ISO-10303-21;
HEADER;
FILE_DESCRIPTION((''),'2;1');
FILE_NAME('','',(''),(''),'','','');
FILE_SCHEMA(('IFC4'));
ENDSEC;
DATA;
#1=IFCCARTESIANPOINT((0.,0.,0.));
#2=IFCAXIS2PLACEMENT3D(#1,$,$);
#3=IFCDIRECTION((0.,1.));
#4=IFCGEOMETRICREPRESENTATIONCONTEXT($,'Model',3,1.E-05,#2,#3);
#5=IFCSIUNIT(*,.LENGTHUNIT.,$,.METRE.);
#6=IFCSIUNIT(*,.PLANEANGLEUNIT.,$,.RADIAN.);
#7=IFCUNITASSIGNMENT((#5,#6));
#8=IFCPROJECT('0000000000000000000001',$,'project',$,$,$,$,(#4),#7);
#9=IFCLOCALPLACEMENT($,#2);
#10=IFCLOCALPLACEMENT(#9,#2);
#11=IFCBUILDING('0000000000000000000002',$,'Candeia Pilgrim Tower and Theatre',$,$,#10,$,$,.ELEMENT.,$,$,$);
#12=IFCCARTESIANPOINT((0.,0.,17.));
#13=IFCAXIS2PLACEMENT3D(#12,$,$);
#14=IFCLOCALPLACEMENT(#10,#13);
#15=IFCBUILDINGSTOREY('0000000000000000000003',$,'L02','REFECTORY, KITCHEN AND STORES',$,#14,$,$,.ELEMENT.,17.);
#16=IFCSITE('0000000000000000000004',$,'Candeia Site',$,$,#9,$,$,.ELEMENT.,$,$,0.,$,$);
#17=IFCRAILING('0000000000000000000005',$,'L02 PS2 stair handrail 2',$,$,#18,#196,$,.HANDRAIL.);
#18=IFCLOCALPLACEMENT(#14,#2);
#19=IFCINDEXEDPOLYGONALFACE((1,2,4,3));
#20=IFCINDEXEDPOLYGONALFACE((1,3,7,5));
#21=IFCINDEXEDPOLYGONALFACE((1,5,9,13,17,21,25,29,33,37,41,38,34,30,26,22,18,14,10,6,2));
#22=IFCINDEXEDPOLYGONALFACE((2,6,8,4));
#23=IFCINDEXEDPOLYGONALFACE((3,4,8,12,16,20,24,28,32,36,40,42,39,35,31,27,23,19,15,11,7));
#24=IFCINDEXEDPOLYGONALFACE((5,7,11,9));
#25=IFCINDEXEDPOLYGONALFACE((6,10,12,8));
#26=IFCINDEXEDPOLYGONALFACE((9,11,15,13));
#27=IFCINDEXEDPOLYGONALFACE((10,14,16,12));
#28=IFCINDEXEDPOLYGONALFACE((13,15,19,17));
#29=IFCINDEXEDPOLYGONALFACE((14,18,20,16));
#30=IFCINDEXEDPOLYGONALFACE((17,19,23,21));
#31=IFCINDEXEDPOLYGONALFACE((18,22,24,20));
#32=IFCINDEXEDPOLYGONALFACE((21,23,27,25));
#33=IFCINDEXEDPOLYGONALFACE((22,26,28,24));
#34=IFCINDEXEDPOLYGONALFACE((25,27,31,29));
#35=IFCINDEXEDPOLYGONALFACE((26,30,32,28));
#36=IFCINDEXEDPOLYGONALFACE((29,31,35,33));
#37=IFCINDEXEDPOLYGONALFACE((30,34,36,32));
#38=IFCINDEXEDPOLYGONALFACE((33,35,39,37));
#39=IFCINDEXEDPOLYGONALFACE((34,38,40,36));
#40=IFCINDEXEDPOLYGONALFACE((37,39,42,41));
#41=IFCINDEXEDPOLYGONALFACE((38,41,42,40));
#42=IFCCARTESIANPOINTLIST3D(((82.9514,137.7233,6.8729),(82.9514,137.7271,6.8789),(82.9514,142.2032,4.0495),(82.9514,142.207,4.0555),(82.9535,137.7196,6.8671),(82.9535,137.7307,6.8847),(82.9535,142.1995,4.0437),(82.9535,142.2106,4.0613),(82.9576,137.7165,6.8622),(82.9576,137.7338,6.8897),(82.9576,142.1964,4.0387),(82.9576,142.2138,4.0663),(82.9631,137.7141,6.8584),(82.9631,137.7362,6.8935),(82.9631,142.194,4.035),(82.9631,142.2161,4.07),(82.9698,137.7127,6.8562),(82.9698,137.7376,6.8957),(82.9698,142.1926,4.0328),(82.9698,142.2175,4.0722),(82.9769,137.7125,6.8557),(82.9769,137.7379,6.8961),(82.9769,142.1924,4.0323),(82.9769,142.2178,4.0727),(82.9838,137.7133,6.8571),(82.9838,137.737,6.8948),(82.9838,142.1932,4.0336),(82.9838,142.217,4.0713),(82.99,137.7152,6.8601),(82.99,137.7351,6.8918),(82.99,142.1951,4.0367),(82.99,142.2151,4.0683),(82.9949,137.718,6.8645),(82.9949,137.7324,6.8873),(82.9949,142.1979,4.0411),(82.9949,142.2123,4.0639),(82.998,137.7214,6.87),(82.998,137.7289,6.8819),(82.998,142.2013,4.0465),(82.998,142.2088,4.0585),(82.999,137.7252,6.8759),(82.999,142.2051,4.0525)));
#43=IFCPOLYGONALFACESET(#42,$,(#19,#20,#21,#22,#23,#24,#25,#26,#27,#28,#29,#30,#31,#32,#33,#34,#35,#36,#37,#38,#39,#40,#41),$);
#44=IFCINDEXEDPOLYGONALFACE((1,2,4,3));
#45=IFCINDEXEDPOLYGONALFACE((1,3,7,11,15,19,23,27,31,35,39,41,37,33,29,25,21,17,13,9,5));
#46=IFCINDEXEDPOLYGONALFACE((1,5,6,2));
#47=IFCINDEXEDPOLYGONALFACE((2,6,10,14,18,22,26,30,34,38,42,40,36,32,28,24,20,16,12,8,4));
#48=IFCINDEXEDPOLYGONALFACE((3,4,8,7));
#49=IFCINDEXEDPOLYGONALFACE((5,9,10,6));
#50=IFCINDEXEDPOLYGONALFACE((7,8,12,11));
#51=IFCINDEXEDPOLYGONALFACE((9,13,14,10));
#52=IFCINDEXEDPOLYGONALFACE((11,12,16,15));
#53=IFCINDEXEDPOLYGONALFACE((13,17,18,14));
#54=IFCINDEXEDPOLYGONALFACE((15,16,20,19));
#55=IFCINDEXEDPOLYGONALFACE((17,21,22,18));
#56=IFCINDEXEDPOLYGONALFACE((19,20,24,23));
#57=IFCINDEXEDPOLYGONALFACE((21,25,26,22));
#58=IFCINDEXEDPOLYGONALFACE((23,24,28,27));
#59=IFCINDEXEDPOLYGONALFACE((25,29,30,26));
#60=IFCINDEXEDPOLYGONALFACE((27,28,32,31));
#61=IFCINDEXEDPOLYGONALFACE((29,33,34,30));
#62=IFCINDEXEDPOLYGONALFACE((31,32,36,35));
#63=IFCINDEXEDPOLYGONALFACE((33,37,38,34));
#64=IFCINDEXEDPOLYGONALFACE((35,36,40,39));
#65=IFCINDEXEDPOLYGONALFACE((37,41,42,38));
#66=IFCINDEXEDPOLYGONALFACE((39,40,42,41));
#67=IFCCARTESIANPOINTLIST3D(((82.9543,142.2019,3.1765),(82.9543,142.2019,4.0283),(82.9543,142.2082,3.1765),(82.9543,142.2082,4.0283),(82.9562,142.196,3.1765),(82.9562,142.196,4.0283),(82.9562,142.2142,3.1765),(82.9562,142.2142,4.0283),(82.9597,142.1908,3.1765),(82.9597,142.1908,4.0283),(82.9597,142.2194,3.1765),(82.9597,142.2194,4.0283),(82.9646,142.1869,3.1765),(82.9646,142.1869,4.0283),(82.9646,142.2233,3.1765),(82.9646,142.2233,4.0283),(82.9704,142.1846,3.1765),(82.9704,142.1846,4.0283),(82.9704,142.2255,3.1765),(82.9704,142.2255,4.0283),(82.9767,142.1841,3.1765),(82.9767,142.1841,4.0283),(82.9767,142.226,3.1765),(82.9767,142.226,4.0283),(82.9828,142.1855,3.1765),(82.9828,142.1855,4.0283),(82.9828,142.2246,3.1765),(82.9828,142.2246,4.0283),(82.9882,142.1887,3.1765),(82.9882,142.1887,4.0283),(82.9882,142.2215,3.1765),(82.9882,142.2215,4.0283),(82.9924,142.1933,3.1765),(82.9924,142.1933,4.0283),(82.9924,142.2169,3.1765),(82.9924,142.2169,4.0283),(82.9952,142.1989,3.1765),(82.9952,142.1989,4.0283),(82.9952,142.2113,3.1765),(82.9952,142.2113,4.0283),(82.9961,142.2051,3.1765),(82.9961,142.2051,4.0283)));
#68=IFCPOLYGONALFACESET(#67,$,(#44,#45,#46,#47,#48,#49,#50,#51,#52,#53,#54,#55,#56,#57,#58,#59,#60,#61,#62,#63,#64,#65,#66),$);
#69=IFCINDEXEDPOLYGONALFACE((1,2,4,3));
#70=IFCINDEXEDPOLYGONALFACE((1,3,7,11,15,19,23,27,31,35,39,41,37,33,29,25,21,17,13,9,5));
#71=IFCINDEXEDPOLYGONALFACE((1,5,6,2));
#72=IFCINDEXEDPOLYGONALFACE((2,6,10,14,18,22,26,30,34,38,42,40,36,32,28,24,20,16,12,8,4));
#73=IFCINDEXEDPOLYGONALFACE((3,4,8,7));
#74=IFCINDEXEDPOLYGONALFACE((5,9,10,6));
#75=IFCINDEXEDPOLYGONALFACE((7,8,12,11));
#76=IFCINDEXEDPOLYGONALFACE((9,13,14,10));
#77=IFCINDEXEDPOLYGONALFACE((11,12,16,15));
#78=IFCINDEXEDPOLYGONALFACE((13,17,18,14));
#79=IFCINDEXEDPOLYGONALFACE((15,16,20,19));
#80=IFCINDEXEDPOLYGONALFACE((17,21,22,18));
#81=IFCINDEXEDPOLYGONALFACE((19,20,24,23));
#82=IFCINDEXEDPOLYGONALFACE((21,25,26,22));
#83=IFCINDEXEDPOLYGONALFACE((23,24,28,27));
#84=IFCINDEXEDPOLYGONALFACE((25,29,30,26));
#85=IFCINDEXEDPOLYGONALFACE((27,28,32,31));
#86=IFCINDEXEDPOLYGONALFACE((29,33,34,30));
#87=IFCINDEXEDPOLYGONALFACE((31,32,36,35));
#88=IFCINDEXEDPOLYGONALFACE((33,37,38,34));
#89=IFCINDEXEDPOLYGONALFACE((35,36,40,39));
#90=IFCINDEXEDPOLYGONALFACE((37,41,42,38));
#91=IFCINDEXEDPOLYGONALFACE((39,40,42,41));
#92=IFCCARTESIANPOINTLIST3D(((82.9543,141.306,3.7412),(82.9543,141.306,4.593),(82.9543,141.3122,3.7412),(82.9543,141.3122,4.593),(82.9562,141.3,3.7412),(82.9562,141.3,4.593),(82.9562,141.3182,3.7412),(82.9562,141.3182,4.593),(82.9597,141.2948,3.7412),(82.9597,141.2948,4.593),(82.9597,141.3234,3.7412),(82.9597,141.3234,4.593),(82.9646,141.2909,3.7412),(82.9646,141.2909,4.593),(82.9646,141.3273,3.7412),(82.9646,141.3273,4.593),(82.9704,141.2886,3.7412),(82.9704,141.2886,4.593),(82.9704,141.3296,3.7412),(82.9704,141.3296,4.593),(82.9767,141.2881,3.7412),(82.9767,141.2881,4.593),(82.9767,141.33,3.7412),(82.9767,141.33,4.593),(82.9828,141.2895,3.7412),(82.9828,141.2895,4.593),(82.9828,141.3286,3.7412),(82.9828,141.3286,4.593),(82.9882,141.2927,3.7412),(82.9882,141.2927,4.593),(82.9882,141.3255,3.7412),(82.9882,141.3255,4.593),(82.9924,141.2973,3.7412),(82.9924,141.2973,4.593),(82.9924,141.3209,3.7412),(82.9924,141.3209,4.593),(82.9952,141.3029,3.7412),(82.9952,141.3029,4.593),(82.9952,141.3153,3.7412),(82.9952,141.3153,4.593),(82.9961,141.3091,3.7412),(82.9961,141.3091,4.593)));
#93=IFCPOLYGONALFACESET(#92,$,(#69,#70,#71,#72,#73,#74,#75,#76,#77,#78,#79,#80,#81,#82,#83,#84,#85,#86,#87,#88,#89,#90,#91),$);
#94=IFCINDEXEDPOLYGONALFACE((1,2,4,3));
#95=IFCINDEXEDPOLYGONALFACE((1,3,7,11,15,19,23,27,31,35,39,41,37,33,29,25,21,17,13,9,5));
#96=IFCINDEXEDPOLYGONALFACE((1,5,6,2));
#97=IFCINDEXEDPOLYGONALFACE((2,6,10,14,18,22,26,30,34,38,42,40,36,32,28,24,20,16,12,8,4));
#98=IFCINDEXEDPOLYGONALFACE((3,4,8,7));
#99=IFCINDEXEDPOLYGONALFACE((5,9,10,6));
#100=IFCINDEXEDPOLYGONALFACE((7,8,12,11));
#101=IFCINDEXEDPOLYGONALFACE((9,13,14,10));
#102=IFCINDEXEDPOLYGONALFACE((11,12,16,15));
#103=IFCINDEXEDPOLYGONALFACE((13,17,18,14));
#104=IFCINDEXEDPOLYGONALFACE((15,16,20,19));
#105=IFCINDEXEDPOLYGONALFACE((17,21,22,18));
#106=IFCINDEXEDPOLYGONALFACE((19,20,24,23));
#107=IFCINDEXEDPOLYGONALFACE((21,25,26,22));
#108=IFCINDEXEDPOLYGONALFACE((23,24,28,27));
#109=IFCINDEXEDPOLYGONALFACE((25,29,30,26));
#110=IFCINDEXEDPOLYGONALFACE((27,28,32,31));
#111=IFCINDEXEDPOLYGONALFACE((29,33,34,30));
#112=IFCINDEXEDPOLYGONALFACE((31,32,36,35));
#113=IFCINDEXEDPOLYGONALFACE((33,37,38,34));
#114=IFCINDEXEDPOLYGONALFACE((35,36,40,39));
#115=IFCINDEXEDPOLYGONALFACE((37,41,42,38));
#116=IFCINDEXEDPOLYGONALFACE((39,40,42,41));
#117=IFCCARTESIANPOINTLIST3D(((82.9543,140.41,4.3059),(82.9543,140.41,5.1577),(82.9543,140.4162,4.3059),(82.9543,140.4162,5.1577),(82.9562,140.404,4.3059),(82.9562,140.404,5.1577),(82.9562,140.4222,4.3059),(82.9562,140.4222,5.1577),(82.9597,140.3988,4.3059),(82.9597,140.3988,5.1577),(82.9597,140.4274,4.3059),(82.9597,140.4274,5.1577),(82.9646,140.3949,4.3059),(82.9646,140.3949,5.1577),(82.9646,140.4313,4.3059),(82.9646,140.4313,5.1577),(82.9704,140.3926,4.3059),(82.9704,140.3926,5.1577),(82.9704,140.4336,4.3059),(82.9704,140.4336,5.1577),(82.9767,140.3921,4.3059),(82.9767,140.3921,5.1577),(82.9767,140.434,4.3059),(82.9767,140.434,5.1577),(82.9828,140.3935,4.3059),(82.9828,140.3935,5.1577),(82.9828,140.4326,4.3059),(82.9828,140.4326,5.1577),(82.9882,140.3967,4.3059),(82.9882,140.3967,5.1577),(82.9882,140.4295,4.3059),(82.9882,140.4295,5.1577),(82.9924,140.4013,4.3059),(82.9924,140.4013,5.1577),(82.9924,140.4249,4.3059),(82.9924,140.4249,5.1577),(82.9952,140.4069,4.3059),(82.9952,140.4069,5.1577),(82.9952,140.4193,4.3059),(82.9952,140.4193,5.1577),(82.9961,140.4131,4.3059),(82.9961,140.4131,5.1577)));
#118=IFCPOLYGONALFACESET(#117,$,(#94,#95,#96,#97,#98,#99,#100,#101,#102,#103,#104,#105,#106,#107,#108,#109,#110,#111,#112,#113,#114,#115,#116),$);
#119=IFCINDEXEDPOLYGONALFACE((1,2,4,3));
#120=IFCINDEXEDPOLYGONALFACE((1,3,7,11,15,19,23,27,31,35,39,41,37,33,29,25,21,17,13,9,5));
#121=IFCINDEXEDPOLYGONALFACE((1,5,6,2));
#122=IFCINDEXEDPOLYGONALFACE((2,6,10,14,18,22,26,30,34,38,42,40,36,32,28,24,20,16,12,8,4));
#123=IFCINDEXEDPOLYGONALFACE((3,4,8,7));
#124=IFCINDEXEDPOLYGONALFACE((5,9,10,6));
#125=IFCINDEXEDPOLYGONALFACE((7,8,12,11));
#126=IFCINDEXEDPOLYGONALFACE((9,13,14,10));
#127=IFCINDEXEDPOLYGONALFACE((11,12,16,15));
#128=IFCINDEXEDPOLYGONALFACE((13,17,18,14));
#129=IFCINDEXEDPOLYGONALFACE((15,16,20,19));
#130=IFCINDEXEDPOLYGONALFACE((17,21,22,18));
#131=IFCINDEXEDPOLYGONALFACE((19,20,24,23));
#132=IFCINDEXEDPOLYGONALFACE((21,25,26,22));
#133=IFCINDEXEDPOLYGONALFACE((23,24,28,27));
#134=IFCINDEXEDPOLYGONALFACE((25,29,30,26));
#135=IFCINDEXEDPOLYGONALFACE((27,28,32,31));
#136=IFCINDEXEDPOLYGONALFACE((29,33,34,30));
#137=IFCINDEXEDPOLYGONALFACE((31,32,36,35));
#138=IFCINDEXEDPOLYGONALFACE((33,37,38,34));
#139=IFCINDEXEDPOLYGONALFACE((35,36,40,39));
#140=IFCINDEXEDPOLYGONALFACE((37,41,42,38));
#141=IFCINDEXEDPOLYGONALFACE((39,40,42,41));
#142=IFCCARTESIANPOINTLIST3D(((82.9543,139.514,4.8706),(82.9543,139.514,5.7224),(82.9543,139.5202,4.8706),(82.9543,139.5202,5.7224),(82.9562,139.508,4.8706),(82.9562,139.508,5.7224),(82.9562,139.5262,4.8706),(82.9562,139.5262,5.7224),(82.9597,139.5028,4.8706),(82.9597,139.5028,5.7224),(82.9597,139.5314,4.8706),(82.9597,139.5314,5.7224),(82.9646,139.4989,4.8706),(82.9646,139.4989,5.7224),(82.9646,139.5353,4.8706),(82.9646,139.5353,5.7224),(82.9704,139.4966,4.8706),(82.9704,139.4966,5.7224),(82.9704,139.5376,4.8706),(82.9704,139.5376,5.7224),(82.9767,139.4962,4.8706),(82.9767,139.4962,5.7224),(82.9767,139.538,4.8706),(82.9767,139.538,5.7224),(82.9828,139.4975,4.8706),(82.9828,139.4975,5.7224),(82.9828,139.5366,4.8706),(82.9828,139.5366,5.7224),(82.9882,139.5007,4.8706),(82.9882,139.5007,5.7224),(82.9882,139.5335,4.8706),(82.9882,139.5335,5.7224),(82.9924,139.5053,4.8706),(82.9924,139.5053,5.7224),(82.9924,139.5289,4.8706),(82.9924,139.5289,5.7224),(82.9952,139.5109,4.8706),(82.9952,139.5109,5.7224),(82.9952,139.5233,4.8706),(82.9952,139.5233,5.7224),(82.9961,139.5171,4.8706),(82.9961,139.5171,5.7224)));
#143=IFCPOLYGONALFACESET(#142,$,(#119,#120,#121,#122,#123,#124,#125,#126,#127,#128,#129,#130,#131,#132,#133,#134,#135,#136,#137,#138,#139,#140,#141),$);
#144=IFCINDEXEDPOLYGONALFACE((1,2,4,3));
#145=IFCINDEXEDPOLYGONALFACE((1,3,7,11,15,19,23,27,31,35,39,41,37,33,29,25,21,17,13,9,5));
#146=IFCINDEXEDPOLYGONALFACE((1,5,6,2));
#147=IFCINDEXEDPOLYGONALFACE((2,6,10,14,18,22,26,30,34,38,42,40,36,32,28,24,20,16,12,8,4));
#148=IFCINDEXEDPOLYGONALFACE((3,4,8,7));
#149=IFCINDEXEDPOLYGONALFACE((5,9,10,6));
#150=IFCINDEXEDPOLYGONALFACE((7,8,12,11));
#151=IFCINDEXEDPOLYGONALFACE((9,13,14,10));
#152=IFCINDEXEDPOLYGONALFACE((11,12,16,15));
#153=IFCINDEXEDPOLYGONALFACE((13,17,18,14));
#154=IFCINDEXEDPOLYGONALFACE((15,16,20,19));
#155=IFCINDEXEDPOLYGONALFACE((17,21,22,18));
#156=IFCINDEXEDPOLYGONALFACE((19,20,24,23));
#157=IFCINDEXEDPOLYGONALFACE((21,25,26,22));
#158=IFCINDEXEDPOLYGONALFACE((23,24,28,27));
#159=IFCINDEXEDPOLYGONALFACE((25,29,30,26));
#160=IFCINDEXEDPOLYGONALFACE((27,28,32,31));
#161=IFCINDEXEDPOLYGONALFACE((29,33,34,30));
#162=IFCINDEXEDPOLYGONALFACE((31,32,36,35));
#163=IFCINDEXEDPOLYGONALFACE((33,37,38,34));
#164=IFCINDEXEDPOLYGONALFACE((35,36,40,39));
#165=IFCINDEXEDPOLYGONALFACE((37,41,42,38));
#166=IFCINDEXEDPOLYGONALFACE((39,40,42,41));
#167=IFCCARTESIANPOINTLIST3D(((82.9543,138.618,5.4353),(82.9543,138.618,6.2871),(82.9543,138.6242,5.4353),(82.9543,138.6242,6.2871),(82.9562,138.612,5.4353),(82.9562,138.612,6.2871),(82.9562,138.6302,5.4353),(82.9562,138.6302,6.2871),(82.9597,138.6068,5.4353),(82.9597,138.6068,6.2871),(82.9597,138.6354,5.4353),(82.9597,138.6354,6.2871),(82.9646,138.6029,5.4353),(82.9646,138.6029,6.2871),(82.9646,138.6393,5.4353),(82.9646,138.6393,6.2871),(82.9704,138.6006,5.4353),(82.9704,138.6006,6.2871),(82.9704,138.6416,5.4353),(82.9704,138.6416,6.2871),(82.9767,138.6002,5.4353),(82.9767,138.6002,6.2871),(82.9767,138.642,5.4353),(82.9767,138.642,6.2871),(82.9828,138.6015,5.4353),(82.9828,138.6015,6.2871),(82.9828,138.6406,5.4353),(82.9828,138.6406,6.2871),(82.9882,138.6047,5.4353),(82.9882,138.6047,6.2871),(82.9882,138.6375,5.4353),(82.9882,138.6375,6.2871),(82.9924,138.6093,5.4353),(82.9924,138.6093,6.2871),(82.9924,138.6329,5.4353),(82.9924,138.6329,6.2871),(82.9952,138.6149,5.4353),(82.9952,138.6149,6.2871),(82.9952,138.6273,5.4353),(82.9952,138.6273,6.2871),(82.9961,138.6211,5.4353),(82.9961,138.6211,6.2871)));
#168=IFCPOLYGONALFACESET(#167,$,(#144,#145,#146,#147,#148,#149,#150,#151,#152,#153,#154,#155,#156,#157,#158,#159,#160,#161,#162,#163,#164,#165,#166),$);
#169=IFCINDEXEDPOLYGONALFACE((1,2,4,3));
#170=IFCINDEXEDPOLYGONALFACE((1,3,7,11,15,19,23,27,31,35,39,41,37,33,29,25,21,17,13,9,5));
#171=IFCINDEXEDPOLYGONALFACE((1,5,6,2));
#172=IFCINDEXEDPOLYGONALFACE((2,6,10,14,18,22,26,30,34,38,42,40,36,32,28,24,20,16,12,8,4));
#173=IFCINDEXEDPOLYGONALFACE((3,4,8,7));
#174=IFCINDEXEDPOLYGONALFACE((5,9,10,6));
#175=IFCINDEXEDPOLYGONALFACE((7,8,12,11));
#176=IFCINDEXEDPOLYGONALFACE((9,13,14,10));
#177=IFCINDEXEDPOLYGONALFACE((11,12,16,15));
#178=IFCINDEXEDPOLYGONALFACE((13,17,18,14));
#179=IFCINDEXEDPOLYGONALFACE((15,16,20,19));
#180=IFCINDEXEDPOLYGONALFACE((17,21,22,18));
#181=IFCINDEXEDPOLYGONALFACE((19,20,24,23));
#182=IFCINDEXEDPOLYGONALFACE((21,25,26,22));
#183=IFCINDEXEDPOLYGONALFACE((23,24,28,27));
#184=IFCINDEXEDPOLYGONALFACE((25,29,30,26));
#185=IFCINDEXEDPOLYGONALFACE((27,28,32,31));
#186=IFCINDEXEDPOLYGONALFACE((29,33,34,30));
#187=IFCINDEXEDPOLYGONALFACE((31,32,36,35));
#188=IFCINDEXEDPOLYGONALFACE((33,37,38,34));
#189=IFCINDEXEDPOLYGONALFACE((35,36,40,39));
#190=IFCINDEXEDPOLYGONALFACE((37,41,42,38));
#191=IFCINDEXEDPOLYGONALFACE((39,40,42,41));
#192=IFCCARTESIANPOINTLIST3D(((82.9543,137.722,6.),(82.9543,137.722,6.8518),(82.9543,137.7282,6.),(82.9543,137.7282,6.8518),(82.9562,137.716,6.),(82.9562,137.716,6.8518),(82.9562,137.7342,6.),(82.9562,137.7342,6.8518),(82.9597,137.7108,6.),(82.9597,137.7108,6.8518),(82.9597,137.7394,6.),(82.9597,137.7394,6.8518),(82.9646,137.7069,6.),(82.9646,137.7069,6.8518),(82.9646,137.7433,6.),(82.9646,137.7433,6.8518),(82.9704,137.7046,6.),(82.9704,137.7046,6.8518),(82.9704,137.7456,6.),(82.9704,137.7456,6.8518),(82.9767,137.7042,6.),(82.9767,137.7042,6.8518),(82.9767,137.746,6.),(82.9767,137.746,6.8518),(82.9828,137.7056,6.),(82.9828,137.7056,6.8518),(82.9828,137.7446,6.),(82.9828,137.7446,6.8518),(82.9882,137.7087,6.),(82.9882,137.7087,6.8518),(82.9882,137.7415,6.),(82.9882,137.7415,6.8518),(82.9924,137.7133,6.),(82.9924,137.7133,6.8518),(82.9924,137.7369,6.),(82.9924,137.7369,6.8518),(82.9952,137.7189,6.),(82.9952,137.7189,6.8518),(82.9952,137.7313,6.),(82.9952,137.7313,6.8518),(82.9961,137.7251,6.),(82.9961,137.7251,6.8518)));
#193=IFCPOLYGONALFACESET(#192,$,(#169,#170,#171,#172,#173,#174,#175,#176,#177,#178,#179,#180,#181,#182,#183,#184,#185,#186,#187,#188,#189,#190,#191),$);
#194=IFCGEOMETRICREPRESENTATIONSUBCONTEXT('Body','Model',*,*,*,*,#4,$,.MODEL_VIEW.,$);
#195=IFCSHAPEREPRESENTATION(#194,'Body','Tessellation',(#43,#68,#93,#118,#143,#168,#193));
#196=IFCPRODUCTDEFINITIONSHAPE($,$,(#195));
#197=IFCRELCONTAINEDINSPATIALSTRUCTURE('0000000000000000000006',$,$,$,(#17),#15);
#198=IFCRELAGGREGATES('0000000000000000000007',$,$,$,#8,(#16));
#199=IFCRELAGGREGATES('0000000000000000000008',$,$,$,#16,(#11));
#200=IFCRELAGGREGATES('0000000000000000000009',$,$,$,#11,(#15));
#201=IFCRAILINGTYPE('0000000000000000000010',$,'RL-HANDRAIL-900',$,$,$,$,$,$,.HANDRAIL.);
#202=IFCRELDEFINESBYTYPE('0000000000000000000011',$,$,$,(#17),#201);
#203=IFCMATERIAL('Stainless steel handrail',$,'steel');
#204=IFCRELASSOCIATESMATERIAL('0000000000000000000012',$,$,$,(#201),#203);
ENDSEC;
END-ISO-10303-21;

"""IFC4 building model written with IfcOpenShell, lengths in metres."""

from ifc_helpers import new_model, si_unit, direction, frame, origin, origin_2d, place, context, subcontext, project, spatial, circle, extrude, material, type_object, element, save


model = new_model("IFC4")

# Units and contexts
model_context = context("Model", 3, precision=1e-05, world=origin(), true_north=direction((0.0, 1.0)))
body_context = subcontext(model_context, "Body", "Model", "MODEL_VIEW")
ifc_project = project(units=[si_unit("LENGTHUNIT", "METRE"), si_unit("PLANEANGLEUNIT", "RADIAN")], contexts=[model_context])

# Site, building, storey
site_placement = place(None, origin())
site = spatial("IfcSite", under=ifc_project, at=site_placement, Name="Candeia Site", CompositionType="ELEMENT", RefElevation=0.0)
building_placement = place(site_placement, origin())
building = spatial("IfcBuilding", under=site, at=building_placement, Name="Candeia Pilgrim Tower and Theatre", CompositionType="ELEMENT")
storey_placement = place(building_placement, frame((0.0, 0.0, 17.0)))
storey = spatial("IfcBuildingStorey", under=building, at=storey_placement, Name="L02", Description="REFECTORY, KITCHEN AND STORES", CompositionType="ELEMENT", Elevation=17.0)

# Railing
ifc_material_1 = material(Name="Stainless steel handrail", Category="steel")
railing_type_1 = type_object("IfcRailingType", Name="RL-HANDRAIL-900", PredefinedType="HANDRAIL", material=ifc_material_1)
railing_1_placement = place(storey_placement, frame((82.9751, 142.2051, 3.1765)))
element("IfcRailing", 1, at=railing_1_placement, inside=storey, type_object=railing_type_1, Name="L02 PS2 stair handrail 2", PredefinedType="HANDRAIL", context=body_context, shape_type="SweptSolid", body=[
    extrude(circle(Radius=0.0239, at=origin_2d()), frame((0.0, 0.0, 0.876), z_axis=(0.0, -0.845998, 0.533186), x_axis=(1.0, 0.0, 0.0)), (0.0, 0.0, 1.0), 5.2954),
    extrude(circle(Radius=0.021, at=origin_2d()), origin(), (0.0, 0.0, 1.0), 0.8518),
    extrude(circle(Radius=0.021, at=origin_2d()), frame((0.0, -0.896, 0.5647)), (0.0, 0.0, 1.0), 0.8518),
    extrude(circle(Radius=0.021, at=origin_2d()), frame((0.0, -1.792, 1.1294)), (0.0, 0.0, 1.0), 0.8518),
    extrude(circle(Radius=0.021, at=origin_2d()), frame((0.0, -2.688, 1.6941)), (0.0, 0.0, 1.0), 0.8518),
    extrude(circle(Radius=0.021, at=origin_2d()), frame((0.0, -3.584, 2.2588)), (0.0, 0.0, 1.0), 0.8518),
    extrude(circle(Radius=0.021, at=origin_2d()), frame((0.0, -4.48, 2.8235)), (0.0, 0.0, 1.0), 0.8518),
])

save(model, "model.ifc")
